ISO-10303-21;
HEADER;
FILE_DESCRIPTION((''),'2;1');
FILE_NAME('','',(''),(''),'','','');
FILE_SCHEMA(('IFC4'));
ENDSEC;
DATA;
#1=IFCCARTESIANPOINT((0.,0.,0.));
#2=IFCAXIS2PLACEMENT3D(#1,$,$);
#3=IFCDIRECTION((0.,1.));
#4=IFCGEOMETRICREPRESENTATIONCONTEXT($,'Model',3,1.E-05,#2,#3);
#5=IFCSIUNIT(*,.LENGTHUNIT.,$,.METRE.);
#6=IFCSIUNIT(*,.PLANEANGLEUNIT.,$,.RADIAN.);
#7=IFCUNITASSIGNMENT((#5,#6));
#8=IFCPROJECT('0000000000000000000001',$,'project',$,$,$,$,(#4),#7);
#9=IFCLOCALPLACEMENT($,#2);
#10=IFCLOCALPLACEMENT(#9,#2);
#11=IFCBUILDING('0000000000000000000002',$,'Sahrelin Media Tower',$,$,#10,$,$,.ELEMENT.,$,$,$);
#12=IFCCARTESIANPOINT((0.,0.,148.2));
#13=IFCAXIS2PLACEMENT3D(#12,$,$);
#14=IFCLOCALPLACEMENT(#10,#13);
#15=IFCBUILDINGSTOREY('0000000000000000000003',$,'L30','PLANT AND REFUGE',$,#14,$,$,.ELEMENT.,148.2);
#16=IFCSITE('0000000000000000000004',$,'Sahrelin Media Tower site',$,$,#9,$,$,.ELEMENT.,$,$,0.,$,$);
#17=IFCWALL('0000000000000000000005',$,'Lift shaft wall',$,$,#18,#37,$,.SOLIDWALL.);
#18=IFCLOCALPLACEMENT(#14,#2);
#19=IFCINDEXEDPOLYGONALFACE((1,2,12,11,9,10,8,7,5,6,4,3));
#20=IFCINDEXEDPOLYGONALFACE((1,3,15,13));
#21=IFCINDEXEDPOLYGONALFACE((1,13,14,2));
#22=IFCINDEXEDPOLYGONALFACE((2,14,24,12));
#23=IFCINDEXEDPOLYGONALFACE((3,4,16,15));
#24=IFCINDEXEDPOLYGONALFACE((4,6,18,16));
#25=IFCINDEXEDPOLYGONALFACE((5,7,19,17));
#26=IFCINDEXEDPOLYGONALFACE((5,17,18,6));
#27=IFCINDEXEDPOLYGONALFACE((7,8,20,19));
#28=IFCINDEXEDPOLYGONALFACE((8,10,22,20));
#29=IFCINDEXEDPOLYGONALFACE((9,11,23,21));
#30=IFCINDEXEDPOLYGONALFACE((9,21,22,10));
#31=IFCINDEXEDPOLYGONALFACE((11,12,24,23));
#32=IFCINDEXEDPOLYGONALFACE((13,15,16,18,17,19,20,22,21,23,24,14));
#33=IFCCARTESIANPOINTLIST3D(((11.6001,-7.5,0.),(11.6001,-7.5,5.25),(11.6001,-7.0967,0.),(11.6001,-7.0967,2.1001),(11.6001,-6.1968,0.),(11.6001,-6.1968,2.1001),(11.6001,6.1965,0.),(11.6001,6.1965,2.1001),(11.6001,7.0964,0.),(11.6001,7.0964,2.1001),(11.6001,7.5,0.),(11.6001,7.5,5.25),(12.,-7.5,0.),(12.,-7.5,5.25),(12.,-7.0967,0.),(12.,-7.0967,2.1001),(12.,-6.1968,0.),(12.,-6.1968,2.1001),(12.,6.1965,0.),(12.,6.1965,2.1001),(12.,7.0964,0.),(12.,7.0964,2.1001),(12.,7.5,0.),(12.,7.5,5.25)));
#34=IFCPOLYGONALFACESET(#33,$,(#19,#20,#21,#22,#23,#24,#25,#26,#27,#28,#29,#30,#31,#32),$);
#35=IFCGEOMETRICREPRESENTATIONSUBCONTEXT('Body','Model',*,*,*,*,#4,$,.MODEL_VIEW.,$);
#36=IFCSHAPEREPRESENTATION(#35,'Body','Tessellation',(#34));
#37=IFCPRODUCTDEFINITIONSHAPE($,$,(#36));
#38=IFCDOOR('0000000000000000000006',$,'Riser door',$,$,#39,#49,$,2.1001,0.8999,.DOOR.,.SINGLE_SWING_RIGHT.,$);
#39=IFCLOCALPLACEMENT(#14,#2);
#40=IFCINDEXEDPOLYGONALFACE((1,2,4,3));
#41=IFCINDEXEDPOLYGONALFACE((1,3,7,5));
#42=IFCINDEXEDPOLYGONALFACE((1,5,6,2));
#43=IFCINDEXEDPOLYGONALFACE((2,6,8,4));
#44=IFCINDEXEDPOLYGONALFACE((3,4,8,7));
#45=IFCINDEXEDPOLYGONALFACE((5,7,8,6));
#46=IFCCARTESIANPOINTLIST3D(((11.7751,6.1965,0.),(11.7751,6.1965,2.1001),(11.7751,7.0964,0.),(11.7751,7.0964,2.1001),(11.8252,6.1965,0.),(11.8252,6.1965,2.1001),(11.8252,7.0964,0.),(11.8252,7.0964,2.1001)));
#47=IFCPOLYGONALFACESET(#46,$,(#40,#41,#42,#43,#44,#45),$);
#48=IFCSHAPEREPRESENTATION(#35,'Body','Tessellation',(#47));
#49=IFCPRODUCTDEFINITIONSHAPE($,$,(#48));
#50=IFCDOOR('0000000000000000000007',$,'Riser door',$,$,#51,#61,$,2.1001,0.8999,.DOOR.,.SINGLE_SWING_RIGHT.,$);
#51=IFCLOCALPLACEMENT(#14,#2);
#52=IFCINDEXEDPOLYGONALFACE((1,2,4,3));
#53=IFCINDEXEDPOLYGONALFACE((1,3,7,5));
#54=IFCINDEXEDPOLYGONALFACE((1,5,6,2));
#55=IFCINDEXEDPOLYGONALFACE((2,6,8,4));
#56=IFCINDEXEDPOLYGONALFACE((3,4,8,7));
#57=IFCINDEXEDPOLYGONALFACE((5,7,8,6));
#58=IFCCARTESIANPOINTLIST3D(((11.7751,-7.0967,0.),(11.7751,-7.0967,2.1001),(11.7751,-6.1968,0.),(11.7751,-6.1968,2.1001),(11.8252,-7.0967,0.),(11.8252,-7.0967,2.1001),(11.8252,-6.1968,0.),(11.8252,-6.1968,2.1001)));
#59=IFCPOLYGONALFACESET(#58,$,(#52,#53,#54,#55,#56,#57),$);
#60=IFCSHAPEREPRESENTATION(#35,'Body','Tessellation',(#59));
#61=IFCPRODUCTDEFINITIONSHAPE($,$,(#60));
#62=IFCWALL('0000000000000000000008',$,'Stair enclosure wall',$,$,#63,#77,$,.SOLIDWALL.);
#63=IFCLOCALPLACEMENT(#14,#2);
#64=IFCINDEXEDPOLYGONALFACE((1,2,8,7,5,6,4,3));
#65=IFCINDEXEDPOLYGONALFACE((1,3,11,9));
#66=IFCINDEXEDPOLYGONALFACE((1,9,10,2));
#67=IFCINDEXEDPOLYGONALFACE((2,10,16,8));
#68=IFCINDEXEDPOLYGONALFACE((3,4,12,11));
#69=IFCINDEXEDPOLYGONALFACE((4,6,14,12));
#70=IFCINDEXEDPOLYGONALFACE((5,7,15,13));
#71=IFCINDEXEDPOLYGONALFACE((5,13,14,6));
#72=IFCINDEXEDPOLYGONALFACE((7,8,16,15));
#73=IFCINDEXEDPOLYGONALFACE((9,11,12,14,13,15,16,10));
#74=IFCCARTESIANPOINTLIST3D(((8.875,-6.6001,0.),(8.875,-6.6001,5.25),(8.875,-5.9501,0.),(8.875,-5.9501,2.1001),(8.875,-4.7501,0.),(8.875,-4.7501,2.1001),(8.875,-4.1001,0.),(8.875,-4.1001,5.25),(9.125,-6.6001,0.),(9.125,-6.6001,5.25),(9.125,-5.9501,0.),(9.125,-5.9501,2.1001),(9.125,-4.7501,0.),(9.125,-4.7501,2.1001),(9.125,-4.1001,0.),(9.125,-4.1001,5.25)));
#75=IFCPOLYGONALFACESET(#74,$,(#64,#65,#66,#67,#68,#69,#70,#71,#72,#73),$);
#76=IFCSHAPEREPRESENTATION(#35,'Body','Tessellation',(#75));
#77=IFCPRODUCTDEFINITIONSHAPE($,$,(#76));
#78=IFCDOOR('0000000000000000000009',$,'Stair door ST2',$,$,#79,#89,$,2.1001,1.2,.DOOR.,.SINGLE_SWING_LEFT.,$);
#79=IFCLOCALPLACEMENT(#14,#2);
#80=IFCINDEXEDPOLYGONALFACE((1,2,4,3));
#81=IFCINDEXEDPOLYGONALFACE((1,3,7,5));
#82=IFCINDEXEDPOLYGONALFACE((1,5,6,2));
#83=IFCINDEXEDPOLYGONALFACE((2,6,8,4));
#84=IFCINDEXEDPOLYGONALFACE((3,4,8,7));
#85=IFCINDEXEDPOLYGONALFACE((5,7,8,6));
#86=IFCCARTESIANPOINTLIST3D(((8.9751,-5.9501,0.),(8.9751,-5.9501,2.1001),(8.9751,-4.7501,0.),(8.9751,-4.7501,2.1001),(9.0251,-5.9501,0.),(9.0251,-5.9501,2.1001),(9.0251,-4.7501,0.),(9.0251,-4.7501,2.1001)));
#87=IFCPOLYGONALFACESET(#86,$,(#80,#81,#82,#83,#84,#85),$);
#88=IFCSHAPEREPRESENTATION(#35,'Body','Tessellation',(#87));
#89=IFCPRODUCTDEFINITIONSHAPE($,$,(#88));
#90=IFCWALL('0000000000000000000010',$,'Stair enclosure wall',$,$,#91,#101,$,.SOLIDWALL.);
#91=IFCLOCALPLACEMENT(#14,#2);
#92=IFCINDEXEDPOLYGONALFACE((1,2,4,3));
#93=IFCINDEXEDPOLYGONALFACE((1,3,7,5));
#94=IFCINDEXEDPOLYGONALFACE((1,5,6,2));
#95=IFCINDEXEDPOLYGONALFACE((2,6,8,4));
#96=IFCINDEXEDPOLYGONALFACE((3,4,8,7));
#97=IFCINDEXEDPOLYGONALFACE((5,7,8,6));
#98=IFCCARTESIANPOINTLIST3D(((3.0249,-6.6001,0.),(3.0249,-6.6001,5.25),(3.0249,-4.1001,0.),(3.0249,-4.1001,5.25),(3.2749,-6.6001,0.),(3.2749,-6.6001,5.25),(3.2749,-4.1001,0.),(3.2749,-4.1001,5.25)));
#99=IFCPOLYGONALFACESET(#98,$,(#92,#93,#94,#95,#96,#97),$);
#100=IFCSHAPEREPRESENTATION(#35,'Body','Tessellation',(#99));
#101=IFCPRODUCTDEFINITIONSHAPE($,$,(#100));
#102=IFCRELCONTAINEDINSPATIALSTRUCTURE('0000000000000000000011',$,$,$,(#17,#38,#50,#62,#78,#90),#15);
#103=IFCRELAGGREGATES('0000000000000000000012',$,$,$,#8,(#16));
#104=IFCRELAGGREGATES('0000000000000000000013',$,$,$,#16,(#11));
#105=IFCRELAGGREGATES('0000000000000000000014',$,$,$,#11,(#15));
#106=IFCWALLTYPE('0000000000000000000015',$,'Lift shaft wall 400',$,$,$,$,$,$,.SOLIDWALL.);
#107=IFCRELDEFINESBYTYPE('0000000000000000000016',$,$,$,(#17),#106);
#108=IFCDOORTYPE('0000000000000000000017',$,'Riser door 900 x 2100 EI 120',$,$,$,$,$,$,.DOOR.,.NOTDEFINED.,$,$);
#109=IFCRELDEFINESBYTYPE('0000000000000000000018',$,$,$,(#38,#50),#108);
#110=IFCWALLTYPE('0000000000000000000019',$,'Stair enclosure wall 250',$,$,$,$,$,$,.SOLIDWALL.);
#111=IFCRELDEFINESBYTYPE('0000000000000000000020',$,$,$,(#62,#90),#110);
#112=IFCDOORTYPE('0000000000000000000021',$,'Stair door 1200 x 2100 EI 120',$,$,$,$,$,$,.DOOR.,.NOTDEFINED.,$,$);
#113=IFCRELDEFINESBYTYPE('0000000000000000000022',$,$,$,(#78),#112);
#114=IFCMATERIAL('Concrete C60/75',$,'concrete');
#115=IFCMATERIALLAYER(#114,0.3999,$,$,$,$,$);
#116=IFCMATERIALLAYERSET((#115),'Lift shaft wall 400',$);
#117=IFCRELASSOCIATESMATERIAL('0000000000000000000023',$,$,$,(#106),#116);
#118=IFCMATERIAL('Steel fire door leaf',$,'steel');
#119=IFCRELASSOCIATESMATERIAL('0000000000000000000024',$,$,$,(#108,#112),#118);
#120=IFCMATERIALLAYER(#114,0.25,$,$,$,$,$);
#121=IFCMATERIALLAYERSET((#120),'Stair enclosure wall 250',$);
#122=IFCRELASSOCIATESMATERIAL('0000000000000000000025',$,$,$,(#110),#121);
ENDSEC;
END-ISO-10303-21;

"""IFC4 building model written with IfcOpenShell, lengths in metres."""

from ifc_helpers import new_model, si_unit, direction, frame, frame_2d, origin, place, context, subcontext, project, spatial, rectangle, extrude, material, layer, layer_set, type_object, element, fill, save


model = new_model("IFC4")

# Units and contexts
model_context = context("Model", 3, precision=1e-05, world=origin(), true_north=direction((0.0, 1.0)))
body_context = subcontext(model_context, "Body", "Model", "MODEL_VIEW")
ifc_project = project(units=[si_unit("LENGTHUNIT", "METRE"), si_unit("PLANEANGLEUNIT", "RADIAN")], contexts=[model_context])

# Site, building, storey
site_placement = place(None, origin())
site = spatial("IfcSite", under=ifc_project, at=site_placement, Name="Sahrelin Media Tower site", CompositionType="ELEMENT", RefElevation=0.0)
building_placement = place(site_placement, origin())
building = spatial("IfcBuilding", under=site, at=building_placement, Name="Sahrelin Media Tower", CompositionType="ELEMENT")
storey_placement = place(building_placement, frame((0.0, 0.0, 148.2)))
storey = spatial("IfcBuildingStorey", under=building, at=storey_placement, Name="L30", Description="PLANT AND REFUGE", CompositionType="ELEMENT", Elevation=148.2)

# Shared definitions
ifc_material_1 = material(Name="Concrete C60/75", Category="concrete")

# Shared definitions
ifc_material_2 = material(Name="Steel fire door leaf", Category="steel")

# Wall, openings, doors
ifc_layer_1 = layer(ifc_material_1, 0.3999)
ifc_layer_set_1 = layer_set([ifc_layer_1], Name="Lift shaft wall 400")
wall_type_1 = type_object("IfcWallType", Name="Lift shaft wall 400", PredefinedType="SOLIDWALL", material=ifc_layer_set_1)
wall_1_placement = place(storey_placement, frame((11.8, -7.5, 0.0), z_axis=(0.0, 0.0, 1.0), x_axis=(0.0, 1.0, 0.0)))
wall_1 = element("IfcWall", 1, at=wall_1_placement, inside=storey, type_object=wall_type_1, Name="Lift shaft wall", PredefinedType="SOLIDWALL", context=body_context, shape_type="SweptSolid", body=[
    extrude(rectangle(XDim=15.0, YDim=0.3999, at=frame_2d((7.5, 0.0))), origin(), (0.0, 0.0, 1.0), 5.25),
])
opening_1_placement = place(wall_1_placement, frame((13.6965, 0.0, 0.0)))
opening_1 = element("IfcOpeningElement", 2, at=opening_1_placement, cuts=wall_1, PredefinedType="OPENING", context=body_context, shape_type="SweptSolid", body=[
    extrude(rectangle(XDim=0.8999, YDim=2.1001, at=frame_2d((0.45, 1.05))), frame((0.0, 0.2, 0.0), z_axis=(0.0, -1.0, 0.0), x_axis=(1.0, 0.0, 0.0)), (0.0, 0.0, 1.0), 0.3999),
])
opening_2_placement = place(wall_1_placement, frame((0.4033, 0.0, 0.0)))
opening_2 = element("IfcOpeningElement", 3, at=opening_2_placement, cuts=wall_1, PredefinedType="OPENING", context=body_context, shape_type="SweptSolid", body=[
    extrude(rectangle(XDim=0.8999, YDim=2.1001, at=frame_2d((0.45, 1.05))), frame((0.0, 0.2, 0.0), z_axis=(0.0, -1.0, 0.0), x_axis=(1.0, 0.0, 0.0)), (0.0, 0.0, 1.0), 0.3999),
])
door_type_1 = type_object("IfcDoorType", Name="Riser door 900 x 2100 EI 120", OperationType="NOTDEFINED", PredefinedType="DOOR", material=ifc_material_2)
door_1_placement = place(opening_1_placement, origin())
door_1 = element("IfcDoor", 4, at=door_1_placement, inside=storey, type_object=door_type_1, Name="Riser door", OperationType="SINGLE_SWING_RIGHT", OverallHeight=2.1001, OverallWidth=0.8999, PredefinedType="DOOR", context=body_context, shape_type="SweptSolid", body=[
    extrude(rectangle(XDim=0.8999, YDim=2.1001, at=frame_2d((0.45, 1.05))), frame((0.0, 0.0249, 0.0), z_axis=(0.0, -1.0, 0.0), x_axis=(1.0, 0.0, 0.0)), (0.0, 0.0, 1.0), 0.05),
])
fill(opening_1, door_1)
door_2_placement = place(opening_2_placement, origin())
door_2 = element("IfcDoor", 5, at=door_2_placement, inside=storey, type_object=door_type_1, Name="Riser door", OperationType="SINGLE_SWING_RIGHT", OverallHeight=2.1001, OverallWidth=0.8999, PredefinedType="DOOR", context=body_context, shape_type="SweptSolid", body=[
    extrude(rectangle(XDim=0.8999, YDim=2.1001, at=frame_2d((0.45, 1.05))), frame((0.0, 0.0249, 0.0), z_axis=(0.0, -1.0, 0.0), x_axis=(1.0, 0.0, 0.0)), (0.0, 0.0, 1.0), 0.05),
])
fill(opening_2, door_2)

# Wall, opening, door
ifc_layer_2 = layer(ifc_material_1, 0.25)
ifc_layer_set_2 = layer_set([ifc_layer_2], Name="Stair enclosure wall 250")
wall_type_2 = type_object("IfcWallType", Name="Stair enclosure wall 250", PredefinedType="SOLIDWALL", material=ifc_layer_set_2)
wall_2_placement = place(storey_placement, frame((9.0, -6.6001, 0.0), z_axis=(0.0, 0.0, 1.0), x_axis=(0.0, 1.0, 0.0)))
wall_2 = element("IfcWall", 6, at=wall_2_placement, inside=storey, type_object=wall_type_2, Name="Stair enclosure wall", PredefinedType="SOLIDWALL", context=body_context, shape_type="SweptSolid", body=[
    extrude(rectangle(XDim=2.5, YDim=0.25, at=frame_2d((1.25, 0.0))), origin(), (0.0, 0.0, 1.0), 5.25),
])
opening_3_placement = place(wall_2_placement, frame((0.6499, 0.0, 0.0)))
opening_3 = element("IfcOpeningElement", 7, at=opening_3_placement, cuts=wall_2, PredefinedType="OPENING", context=body_context, shape_type="SweptSolid", body=[
    extrude(rectangle(XDim=1.2, YDim=2.1001, at=frame_2d((0.6001, 1.05))), frame((0.0, 0.125, 0.0), z_axis=(0.0, -1.0, 0.0), x_axis=(1.0, 0.0, 0.0)), (0.0, 0.0, 1.0), 0.25),
])
door_type_2 = type_object("IfcDoorType", Name="Stair door 1200 x 2100 EI 120", OperationType="NOTDEFINED", PredefinedType="DOOR", material=ifc_material_2)
door_3_placement = place(opening_3_placement, origin())
door_3 = element("IfcDoor", 8, at=door_3_placement, inside=storey, type_object=door_type_2, Name="Stair door ST2", OperationType="SINGLE_SWING_LEFT", OverallHeight=2.1001, OverallWidth=1.2, PredefinedType="DOOR", context=body_context, shape_type="SweptSolid", body=[
    extrude(rectangle(XDim=1.2, YDim=2.1001, at=frame_2d((0.6001, 1.05))), frame((0.0, 0.0249, 0.0), z_axis=(0.0, -1.0, 0.0), x_axis=(1.0, 0.0, 0.0)), (0.0, 0.0, 1.0), 0.05),
])
fill(opening_3, door_3)

# Wall
wall_3_placement = place(storey_placement, frame((3.1499, -6.6001, 0.0), z_axis=(0.0, 0.0, 1.0), x_axis=(0.0, 1.0, 0.0)))
element("IfcWall", 9, at=wall_3_placement, inside=storey, type_object=wall_type_2, Name="Stair enclosure wall", PredefinedType="SOLIDWALL", context=body_context, shape_type="SweptSolid", body=[
    extrude(rectangle(XDim=2.5, YDim=0.25, at=frame_2d((1.25, 0.0))), origin(), (0.0, 0.0, 1.0), 5.25),
])

save(model, "model.ifc")
